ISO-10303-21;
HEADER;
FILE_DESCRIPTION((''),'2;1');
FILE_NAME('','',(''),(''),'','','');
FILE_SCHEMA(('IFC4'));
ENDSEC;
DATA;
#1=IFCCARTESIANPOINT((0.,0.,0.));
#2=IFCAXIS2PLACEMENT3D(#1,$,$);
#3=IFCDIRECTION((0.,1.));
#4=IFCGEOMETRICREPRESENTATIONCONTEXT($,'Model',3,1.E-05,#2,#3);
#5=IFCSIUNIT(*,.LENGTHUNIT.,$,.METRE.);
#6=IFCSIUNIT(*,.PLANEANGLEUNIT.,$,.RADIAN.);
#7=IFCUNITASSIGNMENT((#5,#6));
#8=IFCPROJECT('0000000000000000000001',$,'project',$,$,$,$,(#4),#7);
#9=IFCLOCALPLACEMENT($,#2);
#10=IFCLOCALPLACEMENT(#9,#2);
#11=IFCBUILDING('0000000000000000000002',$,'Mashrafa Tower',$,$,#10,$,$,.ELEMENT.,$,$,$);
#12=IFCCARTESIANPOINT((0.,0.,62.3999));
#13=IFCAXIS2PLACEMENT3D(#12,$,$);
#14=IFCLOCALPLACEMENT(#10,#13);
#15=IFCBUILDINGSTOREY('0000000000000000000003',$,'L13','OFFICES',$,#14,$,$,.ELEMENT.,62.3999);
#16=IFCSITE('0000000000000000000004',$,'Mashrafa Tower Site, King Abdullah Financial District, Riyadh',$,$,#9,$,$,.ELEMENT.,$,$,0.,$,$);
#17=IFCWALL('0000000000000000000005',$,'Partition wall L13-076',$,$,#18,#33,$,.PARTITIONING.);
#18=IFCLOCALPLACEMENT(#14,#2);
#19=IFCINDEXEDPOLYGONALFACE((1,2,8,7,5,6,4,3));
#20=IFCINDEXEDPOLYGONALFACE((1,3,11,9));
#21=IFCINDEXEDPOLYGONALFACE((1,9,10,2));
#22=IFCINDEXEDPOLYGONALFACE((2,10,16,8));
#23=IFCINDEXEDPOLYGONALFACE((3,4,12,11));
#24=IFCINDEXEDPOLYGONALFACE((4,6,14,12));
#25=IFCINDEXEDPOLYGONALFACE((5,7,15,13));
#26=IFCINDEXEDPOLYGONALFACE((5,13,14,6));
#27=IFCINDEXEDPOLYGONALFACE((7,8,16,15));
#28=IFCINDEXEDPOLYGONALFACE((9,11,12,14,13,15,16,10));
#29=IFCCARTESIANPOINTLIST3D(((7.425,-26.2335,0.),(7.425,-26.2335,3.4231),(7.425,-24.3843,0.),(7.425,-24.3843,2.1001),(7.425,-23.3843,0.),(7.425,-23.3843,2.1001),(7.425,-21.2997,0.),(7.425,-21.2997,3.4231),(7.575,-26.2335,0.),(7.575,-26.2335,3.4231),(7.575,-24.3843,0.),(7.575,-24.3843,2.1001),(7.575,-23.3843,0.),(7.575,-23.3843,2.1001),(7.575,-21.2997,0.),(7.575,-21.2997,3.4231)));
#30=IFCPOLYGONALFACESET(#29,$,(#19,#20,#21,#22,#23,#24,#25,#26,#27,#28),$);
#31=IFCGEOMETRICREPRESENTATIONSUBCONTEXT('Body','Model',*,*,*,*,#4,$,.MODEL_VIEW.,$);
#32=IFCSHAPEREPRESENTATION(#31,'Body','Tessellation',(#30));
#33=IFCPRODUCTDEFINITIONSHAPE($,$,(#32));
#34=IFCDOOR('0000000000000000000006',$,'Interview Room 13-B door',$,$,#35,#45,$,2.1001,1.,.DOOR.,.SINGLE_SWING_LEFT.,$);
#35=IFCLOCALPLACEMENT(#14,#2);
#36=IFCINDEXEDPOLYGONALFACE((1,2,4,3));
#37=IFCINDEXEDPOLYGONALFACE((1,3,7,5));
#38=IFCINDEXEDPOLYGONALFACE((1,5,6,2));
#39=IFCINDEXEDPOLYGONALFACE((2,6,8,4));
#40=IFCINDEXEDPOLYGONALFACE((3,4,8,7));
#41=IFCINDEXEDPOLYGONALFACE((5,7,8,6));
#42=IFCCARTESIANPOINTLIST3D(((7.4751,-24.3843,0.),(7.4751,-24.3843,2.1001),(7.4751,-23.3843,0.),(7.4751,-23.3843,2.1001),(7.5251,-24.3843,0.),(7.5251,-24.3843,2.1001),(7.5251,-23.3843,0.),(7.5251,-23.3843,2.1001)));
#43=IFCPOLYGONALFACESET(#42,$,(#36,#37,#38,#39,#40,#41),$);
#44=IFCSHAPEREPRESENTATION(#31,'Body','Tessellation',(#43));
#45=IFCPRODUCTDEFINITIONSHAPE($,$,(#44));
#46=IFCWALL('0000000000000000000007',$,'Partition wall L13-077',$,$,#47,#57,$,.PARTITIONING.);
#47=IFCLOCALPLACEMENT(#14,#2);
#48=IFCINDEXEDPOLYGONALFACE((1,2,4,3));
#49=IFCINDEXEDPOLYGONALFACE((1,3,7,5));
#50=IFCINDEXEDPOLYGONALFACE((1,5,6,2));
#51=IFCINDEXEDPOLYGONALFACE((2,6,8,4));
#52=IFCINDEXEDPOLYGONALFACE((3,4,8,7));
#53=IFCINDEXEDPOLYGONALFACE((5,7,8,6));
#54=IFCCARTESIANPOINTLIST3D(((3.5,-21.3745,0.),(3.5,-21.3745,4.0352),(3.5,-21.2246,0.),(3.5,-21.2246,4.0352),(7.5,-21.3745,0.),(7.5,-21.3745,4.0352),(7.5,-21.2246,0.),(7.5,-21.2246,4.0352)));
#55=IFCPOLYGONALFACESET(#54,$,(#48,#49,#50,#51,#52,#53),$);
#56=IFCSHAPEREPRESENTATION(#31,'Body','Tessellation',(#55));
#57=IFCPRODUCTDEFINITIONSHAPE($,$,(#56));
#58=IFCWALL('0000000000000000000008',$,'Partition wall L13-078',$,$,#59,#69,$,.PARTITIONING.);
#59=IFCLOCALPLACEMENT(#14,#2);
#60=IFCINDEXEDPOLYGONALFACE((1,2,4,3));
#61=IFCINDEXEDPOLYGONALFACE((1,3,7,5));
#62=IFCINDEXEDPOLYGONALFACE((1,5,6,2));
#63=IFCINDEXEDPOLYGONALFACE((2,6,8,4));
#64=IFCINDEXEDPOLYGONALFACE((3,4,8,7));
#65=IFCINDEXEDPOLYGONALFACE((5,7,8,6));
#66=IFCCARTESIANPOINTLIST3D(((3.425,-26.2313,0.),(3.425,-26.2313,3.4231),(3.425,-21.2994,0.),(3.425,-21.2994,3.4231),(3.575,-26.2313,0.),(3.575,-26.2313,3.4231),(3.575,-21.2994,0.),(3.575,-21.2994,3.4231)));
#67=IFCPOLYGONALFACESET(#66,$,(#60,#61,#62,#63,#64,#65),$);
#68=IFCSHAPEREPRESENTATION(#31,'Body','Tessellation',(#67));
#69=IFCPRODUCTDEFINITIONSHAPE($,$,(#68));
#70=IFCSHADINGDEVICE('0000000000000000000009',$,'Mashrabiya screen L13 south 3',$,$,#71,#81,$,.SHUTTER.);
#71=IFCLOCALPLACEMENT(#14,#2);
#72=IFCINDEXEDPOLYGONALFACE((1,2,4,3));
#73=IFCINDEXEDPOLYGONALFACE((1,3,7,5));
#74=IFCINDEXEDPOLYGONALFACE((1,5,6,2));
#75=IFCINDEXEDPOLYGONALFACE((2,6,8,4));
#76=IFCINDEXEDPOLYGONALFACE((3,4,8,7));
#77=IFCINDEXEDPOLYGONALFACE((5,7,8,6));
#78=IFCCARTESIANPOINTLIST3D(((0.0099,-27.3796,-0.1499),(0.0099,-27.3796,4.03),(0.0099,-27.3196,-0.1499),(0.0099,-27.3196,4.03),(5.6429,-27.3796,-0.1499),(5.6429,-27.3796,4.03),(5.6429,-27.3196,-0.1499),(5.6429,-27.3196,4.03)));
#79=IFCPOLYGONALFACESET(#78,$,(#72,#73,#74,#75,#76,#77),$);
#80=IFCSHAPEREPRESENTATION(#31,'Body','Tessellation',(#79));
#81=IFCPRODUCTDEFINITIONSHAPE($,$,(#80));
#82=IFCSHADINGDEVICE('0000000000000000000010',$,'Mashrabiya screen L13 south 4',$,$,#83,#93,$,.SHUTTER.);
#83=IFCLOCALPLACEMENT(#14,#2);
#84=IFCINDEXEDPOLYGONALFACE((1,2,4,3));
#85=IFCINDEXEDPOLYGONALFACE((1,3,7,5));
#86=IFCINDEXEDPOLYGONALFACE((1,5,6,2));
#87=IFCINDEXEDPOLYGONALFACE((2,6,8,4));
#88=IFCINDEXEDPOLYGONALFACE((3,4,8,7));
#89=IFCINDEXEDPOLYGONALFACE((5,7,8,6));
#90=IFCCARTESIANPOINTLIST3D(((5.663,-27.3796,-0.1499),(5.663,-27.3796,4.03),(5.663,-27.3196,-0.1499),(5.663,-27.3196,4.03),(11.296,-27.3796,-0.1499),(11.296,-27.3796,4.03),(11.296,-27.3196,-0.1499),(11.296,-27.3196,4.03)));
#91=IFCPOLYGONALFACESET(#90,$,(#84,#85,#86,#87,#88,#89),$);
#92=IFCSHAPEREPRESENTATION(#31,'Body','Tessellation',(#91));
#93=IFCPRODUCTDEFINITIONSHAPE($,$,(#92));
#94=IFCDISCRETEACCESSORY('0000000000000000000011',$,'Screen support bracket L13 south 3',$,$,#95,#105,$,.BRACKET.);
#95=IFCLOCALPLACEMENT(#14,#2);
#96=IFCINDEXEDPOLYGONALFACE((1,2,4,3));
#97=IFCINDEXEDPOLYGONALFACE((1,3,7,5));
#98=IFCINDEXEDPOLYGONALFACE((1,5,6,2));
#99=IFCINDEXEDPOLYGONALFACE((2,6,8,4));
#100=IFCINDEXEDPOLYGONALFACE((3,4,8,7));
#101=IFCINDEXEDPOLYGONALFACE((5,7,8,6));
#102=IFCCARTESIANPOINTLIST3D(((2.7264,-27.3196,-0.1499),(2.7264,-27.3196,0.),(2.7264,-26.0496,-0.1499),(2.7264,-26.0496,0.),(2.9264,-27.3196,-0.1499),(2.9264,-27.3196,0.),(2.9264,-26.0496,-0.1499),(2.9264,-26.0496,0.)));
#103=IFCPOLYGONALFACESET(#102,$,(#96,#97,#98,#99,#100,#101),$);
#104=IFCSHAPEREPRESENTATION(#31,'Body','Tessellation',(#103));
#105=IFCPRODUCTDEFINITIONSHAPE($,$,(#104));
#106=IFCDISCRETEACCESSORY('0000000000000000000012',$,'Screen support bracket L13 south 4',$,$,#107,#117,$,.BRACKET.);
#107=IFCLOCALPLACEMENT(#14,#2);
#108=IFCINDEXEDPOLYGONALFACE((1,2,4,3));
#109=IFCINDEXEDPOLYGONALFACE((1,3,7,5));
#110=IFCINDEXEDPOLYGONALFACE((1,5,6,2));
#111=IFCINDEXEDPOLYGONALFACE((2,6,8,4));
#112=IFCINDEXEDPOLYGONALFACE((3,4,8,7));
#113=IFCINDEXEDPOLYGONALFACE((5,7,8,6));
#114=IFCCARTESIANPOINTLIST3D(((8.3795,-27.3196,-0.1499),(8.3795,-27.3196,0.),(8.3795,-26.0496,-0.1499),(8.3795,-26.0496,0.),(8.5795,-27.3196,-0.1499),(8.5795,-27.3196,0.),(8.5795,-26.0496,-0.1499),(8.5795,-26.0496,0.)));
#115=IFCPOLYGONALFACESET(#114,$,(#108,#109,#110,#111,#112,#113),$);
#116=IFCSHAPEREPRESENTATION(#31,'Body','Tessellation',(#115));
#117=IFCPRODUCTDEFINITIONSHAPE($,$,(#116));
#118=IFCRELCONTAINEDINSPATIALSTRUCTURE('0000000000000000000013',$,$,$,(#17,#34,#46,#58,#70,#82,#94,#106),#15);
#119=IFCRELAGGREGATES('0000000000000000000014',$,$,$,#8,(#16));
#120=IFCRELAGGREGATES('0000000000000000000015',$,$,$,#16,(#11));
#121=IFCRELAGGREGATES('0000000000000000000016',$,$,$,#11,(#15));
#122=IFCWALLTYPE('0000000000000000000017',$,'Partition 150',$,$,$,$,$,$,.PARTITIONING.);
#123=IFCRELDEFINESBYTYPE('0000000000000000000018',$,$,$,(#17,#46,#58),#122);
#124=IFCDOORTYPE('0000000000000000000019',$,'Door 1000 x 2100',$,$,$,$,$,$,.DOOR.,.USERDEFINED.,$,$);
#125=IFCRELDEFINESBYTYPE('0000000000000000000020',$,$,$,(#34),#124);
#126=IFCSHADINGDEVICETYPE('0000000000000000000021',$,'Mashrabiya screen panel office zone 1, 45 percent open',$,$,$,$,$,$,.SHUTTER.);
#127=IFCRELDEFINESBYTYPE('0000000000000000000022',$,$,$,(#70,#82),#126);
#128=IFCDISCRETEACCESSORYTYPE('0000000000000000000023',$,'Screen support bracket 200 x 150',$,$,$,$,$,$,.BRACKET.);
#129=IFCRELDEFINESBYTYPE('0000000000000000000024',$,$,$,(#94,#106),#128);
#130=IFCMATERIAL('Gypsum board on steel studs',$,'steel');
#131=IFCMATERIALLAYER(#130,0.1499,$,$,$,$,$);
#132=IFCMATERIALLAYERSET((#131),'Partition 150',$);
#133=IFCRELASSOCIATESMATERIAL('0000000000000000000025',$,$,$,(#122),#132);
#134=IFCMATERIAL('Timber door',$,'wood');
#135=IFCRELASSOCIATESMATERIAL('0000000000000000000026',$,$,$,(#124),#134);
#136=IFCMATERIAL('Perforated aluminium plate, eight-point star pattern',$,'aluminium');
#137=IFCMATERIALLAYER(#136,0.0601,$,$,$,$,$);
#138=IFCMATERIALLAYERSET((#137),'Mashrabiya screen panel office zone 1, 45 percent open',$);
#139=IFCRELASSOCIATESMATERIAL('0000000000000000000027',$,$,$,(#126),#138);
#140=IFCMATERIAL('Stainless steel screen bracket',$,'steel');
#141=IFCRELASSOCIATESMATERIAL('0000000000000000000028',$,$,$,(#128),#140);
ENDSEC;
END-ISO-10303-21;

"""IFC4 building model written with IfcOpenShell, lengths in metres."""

from ifc_helpers import new_model, si_unit, direction, frame, frame_2d, origin, origin_2d, place, context, subcontext, project, spatial, rectangle, extrude, source, transform, mapped, material, layer, layer_set, type_object, type_shapes, element, fill, save


model = new_model("IFC4")

# Units and contexts
model_context = context("Model", 3, precision=1e-05, world=origin(), true_north=direction((0.0, 1.0)))
body_context = subcontext(model_context, "Body", "Model", "MODEL_VIEW")
ifc_project = project(units=[si_unit("LENGTHUNIT", "METRE"), si_unit("PLANEANGLEUNIT", "RADIAN")], contexts=[model_context])

# Site, building, storey
site_placement = place(None, origin())
site = spatial("IfcSite", under=ifc_project, at=site_placement, Name="Mashrafa Tower Site, King Abdullah Financial District, Riyadh", CompositionType="ELEMENT", RefElevation=0.0)
building_placement = place(site_placement, origin())
building = spatial("IfcBuilding", under=site, at=building_placement, Name="Mashrafa Tower", CompositionType="ELEMENT")
storey_placement = place(building_placement, frame((0.0, 0.0, 62.3999)))
storey = spatial("IfcBuildingStorey", under=building, at=storey_placement, Name="L13", Description="OFFICES", CompositionType="ELEMENT", Elevation=62.3999)

# Shared definitions
ifc_material_1 = material(Name="Gypsum board on steel studs", Category="steel")
ifc_layer_1 = layer(ifc_material_1, 0.1499)
ifc_layer_set_1 = layer_set([ifc_layer_1], Name="Partition 150")
wall_type_1 = type_object("IfcWallType", Name="Partition 150", PredefinedType="PARTITIONING", material=ifc_layer_set_1)

# Wall, opening, door
ifc_material_2 = material(Name="Timber door", Category="wood")
door_type_1 = type_object("IfcDoorType", Name="Door 1000 x 2100", OperationType="USERDEFINED", PredefinedType="DOOR", material=ifc_material_2)
wall_1_placement = place(storey_placement, frame((7.5, -26.2334, 0.0), z_axis=(0.0, 0.0, 1.0), x_axis=(0.0, 1.0, 0.0)))
wall_1 = element("IfcWall", 1, at=wall_1_placement, inside=storey, type_object=wall_type_1, Name="Partition wall L13-076", PredefinedType="PARTITIONING", context=body_context, shape_type="SweptSolid", body=[
    extrude(rectangle(XDim=4.9338, YDim=0.1499, at=frame_2d((2.4668, 0.0))), origin(), (0.0, 0.0, 1.0), 3.4231),
])
opening_1_placement = place(wall_1_placement, frame((1.8491, 0.0, 0.0)))
opening_1 = element("IfcOpeningElement", 2, at=opening_1_placement, cuts=wall_1, PredefinedType="OPENING", context=body_context, shape_type="SweptSolid", body=[
    extrude(rectangle(XDim=1.0, YDim=2.1001, at=frame_2d((0.5, 1.05))), frame((0.0, 0.085, 0.0), z_axis=(0.0, -1.0, 0.0), x_axis=(1.0, 0.0, 0.0)), (0.0, 0.0, 1.0), 0.1699),
])
door_1_placement = place(opening_1_placement, origin())
door_1 = element("IfcDoor", 3, at=door_1_placement, inside=storey, type_object=door_type_1, Name="Interview Room 13-B door", OperationType="SINGLE_SWING_LEFT", OverallHeight=2.1001, OverallWidth=1.0, PredefinedType="DOOR", context=body_context, shape_type="SweptSolid", body=[
    extrude(rectangle(XDim=1.0, YDim=2.1001, at=frame_2d((0.5, 1.05))), frame((0.0, 0.0249, 0.0), z_axis=(0.0, -1.0, 0.0), x_axis=(1.0, 0.0, 0.0)), (0.0, 0.0, 1.0), 0.05),
])
fill(opening_1, door_1)

# Walls
wall_2_placement = place(storey_placement, frame((7.5, -21.2996, 0.0), z_axis=(0.0, 0.0, 1.0), x_axis=(-1.0, 0.0, 0.0)))
element("IfcWall", 4, at=wall_2_placement, inside=storey, type_object=wall_type_1, Name="Partition wall L13-077", PredefinedType="PARTITIONING", context=body_context, shape_type="SweptSolid", body=[
    extrude(rectangle(XDim=4.0, YDim=0.1499, at=frame_2d((2.0, 0.0))), origin(), (0.0, 0.0, 1.0), 4.0352),
])
wall_3_placement = place(storey_placement, frame((3.5, -21.2996, 0.0), z_axis=(0.0, 0.0, 1.0), x_axis=(0.0, -1.0, 0.0)))
element("IfcWall", 5, at=wall_3_placement, inside=storey, type_object=wall_type_1, Name="Partition wall L13-078", PredefinedType="PARTITIONING", context=body_context, shape_type="SweptSolid", body=[
    extrude(rectangle(XDim=4.9319, YDim=0.1499, at=frame_2d((2.4658, 0.0))), origin(), (0.0, 0.0, 1.0), 3.4231),
])

# Shading devices
ifc_material_3 = material(Name="Perforated aluminium plate, eight-point star pattern", Category="aluminium")
ifc_layer_2 = layer(ifc_material_3, 0.0601)
ifc_layer_set_2 = layer_set([ifc_layer_2], Name="Mashrabiya screen panel office zone 1, 45 percent open")
shading_device_type = type_object("IfcShadingDeviceType", Name="Mashrabiya screen panel office zone 1, 45 percent open", PredefinedType="SHUTTER", material=ifc_layer_set_2)
shared_shape_1 = source(origin(), body_context, "Body", "SweptSolid", [
    extrude(rectangle(XDim=5.6331, YDim=0.0601, at=origin_2d()), origin(), (0.0, 0.0, 1.0), 4.1799),
])
type_shapes(shading_device_type, [shared_shape_1])
for number, where, z_axis, x_axis, name in (
    (6, (2.8264, -27.3496, -0.1499), (0.0, 0.0, 1.0), (1.0, 0.0, 0.0), "Mashrabiya screen L13 south 3"),
    (7, (8.4795, -27.3496, -0.1499), (0.0, 0.0, 1.0), (1.0, 0.0, 0.0), "Mashrabiya screen L13 south 4"),
):
    element("IfcShadingDevice", number, at=place(storey_placement, frame(where, z_axis=z_axis, x_axis=x_axis)), inside=storey, type_object=shading_device_type, Name=name, PredefinedType="SHUTTER", context=body_context, shape_type="MappedRepresentation", body=[
        mapped(shared_shape_1, transform((0.0, 0.0, 0.0))),
    ])

# Discrete accessories
ifc_material_4 = material(Name="Stainless steel screen bracket", Category="steel")
discrete_accessory_type = type_object("IfcDiscreteAccessoryType", Name="Screen support bracket 200 x 150", PredefinedType="BRACKET", material=ifc_material_4)
shared_shape_2 = source(origin(), body_context, "Body", "SweptSolid", [
    extrude(rectangle(XDim=0.2, YDim=1.27, at=origin_2d()), origin(), (0.0, 0.0, 1.0), 0.1499),
])
type_shapes(discrete_accessory_type, [shared_shape_2])
for number, where, z_axis, x_axis, name in (
    (8, (2.8264, -26.6846, -0.1499), (0.0, 0.0, 1.0), (1.0, 0.0, 0.0), "Screen support bracket L13 south 3"),
    (9, (8.4795, -26.6846, -0.1499), (0.0, 0.0, 1.0), (1.0, 0.0, 0.0), "Screen support bracket L13 south 4"),
):
    element("IfcDiscreteAccessory", number, at=place(storey_placement, frame(where, z_axis=z_axis, x_axis=x_axis)), inside=storey, type_object=discrete_accessory_type, Name=name, PredefinedType="BRACKET", context=body_context, shape_type="MappedRepresentation", body=[
        mapped(shared_shape_2, transform((0.0, 0.0, 0.0))),
    ])

save(model, "model.ifc")
